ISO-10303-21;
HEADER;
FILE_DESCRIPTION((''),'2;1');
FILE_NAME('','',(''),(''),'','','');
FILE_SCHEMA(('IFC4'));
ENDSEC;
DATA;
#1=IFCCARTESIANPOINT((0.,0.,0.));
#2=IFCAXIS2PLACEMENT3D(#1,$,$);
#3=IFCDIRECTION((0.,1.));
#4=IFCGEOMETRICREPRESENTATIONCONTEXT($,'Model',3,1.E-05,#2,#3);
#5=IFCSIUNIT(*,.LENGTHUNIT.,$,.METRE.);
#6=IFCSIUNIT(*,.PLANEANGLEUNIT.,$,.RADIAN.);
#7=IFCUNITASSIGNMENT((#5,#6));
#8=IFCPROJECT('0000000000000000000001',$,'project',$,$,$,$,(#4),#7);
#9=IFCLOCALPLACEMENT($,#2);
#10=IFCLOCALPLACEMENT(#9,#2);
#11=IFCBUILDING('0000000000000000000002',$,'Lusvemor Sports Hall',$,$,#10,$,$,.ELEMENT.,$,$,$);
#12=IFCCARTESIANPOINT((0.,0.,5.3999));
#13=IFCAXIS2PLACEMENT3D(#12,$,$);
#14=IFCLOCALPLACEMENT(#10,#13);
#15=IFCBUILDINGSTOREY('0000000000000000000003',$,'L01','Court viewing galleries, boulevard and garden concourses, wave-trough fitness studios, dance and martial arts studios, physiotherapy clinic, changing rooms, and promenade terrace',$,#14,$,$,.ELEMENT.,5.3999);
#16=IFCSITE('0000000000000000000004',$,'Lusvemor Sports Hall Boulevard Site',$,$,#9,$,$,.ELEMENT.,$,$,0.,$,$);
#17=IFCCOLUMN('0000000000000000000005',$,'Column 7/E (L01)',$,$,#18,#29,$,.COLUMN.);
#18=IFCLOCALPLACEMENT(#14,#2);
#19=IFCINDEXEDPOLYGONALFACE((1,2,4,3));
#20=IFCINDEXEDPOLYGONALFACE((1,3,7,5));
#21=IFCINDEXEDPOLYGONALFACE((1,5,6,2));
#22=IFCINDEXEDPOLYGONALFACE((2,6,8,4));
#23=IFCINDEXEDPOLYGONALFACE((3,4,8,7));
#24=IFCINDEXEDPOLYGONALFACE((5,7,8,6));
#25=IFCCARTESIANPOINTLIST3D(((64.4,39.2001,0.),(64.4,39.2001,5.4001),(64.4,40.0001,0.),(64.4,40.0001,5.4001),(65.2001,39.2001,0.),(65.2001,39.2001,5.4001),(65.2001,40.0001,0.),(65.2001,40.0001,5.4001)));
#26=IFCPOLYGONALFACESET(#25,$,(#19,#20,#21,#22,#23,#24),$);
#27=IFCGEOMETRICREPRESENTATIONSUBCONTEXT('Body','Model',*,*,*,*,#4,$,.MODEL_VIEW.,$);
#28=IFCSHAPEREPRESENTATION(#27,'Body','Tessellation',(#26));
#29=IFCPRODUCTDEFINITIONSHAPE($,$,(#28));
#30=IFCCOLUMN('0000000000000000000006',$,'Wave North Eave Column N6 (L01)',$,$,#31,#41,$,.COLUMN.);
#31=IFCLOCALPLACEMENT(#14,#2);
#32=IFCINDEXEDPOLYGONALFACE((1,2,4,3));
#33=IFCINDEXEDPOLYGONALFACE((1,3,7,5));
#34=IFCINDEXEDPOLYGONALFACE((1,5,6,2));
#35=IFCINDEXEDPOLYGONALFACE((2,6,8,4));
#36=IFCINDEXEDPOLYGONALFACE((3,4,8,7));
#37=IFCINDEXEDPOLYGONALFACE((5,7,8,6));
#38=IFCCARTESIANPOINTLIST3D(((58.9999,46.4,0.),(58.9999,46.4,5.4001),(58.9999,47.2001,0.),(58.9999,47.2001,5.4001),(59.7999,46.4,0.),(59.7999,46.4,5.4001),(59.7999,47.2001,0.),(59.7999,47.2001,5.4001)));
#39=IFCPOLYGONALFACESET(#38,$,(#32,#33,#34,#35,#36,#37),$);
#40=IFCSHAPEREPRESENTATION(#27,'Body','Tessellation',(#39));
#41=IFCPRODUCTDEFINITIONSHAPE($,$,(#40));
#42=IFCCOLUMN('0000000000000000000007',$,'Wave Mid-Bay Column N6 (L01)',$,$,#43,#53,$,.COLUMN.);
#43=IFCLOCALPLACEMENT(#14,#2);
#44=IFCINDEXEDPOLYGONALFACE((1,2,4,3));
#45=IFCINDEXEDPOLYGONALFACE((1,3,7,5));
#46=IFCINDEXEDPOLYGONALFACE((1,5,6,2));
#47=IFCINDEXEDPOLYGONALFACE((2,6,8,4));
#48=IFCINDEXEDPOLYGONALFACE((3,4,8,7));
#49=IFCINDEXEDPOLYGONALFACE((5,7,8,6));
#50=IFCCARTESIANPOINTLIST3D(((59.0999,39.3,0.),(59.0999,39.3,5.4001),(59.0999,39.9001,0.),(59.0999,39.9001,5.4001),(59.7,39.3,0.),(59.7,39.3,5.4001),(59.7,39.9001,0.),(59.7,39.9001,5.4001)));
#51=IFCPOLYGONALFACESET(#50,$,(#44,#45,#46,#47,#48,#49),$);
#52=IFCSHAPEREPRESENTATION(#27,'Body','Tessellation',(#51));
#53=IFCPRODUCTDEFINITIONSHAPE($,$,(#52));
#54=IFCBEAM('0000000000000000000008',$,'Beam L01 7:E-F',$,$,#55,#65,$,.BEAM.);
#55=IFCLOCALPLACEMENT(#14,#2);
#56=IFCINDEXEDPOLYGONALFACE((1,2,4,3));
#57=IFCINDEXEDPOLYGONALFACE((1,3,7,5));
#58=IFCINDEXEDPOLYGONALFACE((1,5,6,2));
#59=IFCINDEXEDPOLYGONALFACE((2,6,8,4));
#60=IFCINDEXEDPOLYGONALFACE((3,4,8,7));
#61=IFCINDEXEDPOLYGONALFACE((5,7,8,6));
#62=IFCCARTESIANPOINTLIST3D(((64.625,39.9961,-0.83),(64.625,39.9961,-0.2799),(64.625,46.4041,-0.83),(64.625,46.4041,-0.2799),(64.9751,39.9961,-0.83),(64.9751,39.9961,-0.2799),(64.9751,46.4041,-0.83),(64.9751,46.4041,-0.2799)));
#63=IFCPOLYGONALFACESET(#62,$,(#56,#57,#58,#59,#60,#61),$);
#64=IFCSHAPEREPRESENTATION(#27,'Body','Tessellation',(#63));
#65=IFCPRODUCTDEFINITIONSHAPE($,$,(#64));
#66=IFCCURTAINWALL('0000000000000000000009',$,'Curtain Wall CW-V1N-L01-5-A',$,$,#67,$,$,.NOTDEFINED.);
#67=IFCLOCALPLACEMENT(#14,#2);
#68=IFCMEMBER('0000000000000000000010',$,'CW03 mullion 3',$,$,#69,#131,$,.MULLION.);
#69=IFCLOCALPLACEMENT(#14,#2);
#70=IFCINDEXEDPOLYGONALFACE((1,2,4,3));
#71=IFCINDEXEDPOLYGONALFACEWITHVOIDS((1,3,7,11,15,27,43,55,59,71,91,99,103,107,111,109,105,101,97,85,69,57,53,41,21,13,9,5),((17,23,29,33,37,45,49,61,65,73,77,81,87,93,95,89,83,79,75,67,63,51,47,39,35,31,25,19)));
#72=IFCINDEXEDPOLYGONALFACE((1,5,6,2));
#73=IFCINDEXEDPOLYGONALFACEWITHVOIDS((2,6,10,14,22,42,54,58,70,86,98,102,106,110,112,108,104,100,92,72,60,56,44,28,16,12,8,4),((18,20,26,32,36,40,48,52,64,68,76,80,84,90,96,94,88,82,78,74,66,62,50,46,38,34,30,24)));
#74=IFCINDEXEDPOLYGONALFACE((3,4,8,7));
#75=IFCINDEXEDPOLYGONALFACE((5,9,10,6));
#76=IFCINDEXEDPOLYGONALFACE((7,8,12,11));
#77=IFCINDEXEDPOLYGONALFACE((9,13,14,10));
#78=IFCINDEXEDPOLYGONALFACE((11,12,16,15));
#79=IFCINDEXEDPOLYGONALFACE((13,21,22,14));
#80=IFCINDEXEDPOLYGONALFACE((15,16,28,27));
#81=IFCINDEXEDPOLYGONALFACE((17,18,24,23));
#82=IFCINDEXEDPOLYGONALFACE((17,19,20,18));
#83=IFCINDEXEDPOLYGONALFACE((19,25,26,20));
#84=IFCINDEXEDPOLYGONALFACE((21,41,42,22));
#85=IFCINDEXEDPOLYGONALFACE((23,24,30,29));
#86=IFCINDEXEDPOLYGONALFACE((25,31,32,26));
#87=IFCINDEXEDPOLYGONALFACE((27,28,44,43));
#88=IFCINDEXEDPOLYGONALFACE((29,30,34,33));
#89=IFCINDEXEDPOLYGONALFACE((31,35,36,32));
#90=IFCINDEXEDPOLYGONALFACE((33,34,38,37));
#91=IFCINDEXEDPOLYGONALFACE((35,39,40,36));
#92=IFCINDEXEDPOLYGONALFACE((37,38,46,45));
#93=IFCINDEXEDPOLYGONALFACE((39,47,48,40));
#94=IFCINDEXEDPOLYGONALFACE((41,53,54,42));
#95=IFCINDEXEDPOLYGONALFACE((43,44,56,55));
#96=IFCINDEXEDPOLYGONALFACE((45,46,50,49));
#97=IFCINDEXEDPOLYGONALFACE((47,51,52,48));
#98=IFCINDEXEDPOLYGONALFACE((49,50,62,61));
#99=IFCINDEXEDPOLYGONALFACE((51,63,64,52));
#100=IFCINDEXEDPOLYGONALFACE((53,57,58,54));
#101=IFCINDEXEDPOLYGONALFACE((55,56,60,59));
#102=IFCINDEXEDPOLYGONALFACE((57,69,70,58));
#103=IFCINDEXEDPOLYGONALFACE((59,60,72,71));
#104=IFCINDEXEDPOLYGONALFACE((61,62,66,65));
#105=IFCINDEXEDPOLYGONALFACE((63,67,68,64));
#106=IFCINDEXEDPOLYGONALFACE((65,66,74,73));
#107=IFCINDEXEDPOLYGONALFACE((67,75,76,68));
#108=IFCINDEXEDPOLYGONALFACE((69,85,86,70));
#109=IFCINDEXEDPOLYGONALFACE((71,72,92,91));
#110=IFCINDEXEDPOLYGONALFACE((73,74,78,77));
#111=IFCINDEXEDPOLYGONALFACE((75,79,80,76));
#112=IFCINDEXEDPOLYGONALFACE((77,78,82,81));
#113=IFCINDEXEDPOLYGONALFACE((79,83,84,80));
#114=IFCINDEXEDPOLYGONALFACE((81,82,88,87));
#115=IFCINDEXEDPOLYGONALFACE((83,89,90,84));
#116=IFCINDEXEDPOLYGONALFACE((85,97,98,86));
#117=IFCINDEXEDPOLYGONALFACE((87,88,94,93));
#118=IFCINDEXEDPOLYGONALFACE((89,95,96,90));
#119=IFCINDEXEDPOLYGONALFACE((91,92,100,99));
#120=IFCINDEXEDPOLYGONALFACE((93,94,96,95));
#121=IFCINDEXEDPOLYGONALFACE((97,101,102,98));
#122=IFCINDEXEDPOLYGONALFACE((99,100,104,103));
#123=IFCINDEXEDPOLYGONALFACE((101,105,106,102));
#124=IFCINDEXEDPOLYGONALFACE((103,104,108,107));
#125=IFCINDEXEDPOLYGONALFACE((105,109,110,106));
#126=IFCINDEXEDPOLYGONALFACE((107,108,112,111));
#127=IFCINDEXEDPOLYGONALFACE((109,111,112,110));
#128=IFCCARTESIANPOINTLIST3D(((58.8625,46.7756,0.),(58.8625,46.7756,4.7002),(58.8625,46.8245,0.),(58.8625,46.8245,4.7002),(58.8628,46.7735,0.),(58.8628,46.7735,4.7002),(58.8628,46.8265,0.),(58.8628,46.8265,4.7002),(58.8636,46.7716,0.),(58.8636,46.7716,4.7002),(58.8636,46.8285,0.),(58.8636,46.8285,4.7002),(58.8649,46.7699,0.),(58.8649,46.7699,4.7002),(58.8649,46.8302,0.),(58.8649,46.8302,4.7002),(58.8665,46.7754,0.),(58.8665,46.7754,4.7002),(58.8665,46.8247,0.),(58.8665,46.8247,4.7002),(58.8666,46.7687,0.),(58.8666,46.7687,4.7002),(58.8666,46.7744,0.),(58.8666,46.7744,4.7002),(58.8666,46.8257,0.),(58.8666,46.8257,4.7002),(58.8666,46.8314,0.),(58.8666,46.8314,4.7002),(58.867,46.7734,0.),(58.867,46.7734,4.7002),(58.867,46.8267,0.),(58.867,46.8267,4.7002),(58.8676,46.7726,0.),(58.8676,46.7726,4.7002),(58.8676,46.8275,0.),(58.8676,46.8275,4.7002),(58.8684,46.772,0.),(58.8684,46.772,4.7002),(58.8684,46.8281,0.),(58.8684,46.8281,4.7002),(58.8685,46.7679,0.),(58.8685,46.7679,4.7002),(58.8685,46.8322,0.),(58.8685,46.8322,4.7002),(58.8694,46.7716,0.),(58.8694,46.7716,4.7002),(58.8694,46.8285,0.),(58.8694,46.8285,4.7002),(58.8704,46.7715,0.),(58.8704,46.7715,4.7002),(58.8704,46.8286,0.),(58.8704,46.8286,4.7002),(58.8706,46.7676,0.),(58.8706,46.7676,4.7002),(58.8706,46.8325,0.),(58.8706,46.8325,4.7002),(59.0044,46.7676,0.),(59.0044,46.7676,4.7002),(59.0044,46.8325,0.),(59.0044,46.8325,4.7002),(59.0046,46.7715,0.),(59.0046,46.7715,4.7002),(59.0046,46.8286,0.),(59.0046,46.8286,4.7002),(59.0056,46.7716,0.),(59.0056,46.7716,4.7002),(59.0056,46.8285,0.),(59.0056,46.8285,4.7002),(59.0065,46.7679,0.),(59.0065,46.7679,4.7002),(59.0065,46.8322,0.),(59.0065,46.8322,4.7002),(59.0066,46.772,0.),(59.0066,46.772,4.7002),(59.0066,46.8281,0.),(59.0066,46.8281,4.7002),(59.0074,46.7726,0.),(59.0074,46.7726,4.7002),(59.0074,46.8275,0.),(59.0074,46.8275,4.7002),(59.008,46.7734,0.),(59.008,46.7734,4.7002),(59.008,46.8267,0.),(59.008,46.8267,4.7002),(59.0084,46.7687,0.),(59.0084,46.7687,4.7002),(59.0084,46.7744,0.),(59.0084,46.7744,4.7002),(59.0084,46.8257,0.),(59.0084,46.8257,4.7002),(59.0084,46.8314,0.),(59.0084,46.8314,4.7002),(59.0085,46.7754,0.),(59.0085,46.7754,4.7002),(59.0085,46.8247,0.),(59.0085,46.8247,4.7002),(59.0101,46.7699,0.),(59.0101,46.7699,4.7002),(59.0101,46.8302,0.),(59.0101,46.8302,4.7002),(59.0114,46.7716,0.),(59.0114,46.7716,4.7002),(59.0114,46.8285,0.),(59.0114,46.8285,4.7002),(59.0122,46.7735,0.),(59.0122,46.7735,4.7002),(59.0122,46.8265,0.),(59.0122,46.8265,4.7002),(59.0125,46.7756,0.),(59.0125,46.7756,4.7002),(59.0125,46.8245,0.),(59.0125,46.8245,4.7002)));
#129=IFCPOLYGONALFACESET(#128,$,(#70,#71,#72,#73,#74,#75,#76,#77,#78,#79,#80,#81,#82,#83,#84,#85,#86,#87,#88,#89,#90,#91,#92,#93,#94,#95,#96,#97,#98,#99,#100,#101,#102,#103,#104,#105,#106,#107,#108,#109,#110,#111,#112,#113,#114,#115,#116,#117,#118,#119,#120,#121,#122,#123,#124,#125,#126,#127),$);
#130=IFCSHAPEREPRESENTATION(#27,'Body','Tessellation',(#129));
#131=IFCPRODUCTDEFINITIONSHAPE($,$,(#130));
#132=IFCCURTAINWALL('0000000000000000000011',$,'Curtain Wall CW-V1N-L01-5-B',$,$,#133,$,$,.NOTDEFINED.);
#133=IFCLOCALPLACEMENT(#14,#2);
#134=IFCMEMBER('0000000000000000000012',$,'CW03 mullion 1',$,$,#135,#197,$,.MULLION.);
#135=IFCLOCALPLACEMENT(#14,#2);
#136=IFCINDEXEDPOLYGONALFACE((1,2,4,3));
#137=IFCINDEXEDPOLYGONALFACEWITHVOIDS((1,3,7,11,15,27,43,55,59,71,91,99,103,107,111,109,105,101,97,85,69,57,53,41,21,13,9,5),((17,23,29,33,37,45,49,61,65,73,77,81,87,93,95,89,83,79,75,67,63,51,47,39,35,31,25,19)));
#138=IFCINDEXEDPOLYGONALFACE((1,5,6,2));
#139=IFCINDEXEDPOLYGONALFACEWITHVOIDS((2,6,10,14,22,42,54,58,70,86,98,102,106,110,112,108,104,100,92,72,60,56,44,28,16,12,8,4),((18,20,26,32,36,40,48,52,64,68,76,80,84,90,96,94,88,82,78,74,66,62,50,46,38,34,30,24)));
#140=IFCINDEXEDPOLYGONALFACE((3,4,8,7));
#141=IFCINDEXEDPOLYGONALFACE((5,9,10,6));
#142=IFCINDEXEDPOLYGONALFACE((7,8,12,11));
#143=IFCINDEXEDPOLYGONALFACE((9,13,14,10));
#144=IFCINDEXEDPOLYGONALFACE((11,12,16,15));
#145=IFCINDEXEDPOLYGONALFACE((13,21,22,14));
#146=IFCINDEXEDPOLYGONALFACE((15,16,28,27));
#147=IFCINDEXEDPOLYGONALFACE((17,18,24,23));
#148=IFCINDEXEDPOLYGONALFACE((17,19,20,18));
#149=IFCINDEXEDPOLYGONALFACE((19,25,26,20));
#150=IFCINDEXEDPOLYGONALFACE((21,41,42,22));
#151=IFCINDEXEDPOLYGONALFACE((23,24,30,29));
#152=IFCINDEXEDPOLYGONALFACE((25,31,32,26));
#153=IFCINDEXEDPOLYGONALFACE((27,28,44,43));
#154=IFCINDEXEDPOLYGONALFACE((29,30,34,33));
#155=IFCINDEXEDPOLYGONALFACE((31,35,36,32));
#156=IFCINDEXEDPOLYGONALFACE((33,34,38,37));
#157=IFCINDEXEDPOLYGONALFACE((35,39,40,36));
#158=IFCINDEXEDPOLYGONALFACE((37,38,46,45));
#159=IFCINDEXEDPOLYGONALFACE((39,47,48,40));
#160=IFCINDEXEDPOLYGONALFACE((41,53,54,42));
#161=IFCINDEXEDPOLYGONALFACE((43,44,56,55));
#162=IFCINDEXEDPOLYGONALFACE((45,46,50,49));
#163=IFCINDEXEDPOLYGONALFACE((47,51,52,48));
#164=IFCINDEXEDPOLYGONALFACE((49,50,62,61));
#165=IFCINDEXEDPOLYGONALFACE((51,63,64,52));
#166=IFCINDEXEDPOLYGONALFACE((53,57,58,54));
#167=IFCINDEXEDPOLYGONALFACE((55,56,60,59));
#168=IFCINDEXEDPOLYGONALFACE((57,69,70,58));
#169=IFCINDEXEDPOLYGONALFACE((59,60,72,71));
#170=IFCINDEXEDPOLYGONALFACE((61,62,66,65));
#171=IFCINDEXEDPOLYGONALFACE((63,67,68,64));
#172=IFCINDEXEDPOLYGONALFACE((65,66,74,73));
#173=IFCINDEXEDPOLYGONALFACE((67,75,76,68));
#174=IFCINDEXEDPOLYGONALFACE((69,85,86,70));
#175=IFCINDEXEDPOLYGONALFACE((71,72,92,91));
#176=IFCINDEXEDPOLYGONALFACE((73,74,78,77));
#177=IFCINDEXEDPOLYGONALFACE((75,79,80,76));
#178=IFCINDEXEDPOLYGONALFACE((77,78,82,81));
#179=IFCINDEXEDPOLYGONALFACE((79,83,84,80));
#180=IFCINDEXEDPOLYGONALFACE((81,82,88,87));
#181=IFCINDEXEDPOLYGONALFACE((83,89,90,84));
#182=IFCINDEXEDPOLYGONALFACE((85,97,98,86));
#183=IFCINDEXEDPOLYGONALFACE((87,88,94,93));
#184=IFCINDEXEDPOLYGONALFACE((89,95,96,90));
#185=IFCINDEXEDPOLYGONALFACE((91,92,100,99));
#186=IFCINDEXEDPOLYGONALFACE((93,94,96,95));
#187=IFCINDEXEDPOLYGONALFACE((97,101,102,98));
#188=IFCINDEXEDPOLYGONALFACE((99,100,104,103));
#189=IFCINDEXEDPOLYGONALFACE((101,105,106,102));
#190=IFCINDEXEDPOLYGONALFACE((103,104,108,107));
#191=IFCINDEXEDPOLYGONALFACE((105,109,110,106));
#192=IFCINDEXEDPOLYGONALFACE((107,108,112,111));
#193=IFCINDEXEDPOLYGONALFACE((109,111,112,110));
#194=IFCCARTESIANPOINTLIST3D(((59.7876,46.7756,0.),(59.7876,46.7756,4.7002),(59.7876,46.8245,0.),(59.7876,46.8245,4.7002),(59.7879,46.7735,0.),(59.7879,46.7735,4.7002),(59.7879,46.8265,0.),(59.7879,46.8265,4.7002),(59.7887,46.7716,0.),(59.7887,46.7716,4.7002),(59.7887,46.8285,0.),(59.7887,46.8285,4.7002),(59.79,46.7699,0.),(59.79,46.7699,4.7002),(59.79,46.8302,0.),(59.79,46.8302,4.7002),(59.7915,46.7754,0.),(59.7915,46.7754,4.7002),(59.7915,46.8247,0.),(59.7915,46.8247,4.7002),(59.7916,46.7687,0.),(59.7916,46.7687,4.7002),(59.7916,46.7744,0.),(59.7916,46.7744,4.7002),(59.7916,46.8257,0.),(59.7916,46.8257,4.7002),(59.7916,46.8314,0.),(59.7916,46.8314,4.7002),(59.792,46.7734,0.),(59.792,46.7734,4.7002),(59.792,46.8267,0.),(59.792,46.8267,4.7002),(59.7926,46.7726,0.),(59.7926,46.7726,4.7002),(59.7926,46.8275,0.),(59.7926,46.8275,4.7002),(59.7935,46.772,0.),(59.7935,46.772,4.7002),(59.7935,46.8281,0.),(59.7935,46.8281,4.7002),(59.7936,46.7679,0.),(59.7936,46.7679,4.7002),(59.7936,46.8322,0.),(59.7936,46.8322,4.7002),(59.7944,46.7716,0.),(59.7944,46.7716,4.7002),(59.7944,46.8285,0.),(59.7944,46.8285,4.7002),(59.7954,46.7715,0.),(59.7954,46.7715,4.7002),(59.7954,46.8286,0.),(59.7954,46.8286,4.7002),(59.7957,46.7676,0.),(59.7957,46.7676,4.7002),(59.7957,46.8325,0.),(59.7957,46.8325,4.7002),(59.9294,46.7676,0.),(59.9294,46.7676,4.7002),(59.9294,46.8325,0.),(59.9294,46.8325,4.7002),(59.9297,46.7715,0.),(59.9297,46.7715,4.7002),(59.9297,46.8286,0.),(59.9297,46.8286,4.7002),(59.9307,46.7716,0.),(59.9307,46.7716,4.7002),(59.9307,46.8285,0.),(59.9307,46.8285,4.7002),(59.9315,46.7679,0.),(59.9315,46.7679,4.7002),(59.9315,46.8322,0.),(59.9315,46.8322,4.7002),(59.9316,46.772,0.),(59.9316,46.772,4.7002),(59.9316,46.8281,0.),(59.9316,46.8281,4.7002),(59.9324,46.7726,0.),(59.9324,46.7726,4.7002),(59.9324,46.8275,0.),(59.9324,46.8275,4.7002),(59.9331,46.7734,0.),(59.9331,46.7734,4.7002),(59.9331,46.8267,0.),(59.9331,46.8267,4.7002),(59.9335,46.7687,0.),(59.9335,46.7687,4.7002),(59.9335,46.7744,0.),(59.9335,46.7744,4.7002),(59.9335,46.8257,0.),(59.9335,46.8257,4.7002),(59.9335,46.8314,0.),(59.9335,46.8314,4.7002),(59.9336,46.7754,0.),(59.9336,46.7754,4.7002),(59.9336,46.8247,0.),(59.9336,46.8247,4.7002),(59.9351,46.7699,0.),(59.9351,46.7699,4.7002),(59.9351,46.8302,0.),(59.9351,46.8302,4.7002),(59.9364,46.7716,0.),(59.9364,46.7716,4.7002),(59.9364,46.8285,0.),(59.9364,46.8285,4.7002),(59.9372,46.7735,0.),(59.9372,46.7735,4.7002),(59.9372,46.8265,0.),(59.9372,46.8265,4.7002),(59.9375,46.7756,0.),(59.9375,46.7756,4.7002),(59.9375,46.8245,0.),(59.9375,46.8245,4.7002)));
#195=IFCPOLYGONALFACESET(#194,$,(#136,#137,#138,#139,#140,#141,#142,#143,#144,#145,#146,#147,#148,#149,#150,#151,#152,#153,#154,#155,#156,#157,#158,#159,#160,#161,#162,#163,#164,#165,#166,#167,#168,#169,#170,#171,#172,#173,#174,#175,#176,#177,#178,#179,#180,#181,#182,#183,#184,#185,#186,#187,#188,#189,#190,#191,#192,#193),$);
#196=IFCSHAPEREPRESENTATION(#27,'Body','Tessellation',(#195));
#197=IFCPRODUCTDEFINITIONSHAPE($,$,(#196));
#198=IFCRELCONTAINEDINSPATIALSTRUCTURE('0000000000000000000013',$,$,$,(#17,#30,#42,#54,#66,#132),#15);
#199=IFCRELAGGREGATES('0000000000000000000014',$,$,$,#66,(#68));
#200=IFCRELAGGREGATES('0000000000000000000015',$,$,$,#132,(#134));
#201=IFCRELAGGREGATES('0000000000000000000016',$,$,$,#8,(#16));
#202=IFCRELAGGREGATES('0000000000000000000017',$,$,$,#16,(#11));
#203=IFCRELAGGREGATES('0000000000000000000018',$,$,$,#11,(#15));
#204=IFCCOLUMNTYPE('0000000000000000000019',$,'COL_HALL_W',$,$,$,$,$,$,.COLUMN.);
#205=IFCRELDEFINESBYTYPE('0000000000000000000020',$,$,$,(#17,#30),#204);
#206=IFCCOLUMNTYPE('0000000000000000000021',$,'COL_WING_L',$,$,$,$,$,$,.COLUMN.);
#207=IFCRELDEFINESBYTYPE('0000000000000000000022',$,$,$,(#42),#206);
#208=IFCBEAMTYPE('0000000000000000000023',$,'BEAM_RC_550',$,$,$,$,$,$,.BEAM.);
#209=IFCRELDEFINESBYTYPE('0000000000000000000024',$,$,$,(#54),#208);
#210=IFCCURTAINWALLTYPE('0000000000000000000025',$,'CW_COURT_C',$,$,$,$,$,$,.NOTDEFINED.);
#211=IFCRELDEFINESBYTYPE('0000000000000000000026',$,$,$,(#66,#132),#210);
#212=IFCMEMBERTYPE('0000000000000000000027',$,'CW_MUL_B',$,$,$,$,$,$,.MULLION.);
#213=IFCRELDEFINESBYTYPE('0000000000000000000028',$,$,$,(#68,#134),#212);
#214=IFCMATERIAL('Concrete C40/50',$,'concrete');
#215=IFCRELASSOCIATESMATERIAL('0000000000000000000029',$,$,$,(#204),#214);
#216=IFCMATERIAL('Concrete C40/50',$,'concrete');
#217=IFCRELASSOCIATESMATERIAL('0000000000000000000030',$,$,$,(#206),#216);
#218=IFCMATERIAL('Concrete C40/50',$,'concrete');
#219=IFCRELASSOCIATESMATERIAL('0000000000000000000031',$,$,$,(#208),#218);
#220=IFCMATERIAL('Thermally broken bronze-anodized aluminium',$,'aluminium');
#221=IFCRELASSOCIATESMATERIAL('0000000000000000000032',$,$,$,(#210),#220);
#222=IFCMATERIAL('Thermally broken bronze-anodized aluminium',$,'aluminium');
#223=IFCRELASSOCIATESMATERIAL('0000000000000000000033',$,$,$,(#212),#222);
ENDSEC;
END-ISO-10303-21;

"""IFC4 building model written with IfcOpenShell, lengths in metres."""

from ifc_helpers import new_model, si_unit, direction, frame, origin, origin_2d, place, context, subcontext, project, spatial, rectangle, hollow_rectangle, extrude, material, material_profile, profile_set, type_object, element, aggregate, save


model = new_model("IFC4")

# Units and contexts
model_context = context("Model", 3, precision=1e-05, world=origin(), true_north=direction((0.0, 1.0)))
body_context = subcontext(model_context, "Body", "Model", "MODEL_VIEW")
ifc_project = project(units=[si_unit("LENGTHUNIT", "METRE"), si_unit("PLANEANGLEUNIT", "RADIAN")], contexts=[model_context])

# Site, building, storey
site_placement = place(None, origin())
site = spatial("IfcSite", under=ifc_project, at=site_placement, Name="Lusvemor Sports Hall Boulevard Site", CompositionType="ELEMENT", RefElevation=0.0)
building_placement = place(site_placement, origin())
building = spatial("IfcBuilding", under=site, at=building_placement, Name="Lusvemor Sports Hall", CompositionType="ELEMENT")
storey_placement = place(building_placement, frame((0.0, 0.0, 5.3999)))
storey = spatial("IfcBuildingStorey", under=building, at=storey_placement, Name="L01", Description="Court viewing galleries, boulevard and garden concourses, wave-trough fitness studios, dance and martial arts studios, physiotherapy clinic, changing rooms, and promenade terrace", CompositionType="ELEMENT", Elevation=5.3999)

# Columns
ifc_material_1 = material(Name="Concrete C40/50", Category="concrete")
ifc_material_profile_1 = material_profile(ifc_material_1, rectangle(XDim=0.8, YDim=0.8, at=origin_2d()), Name="RC800x800")
ifc_profile_set_1 = profile_set([ifc_material_profile_1], Name="Concrete C40/50")
column_type_1 = type_object("IfcColumnType", Name="COL_HALL_W", PredefinedType="COLUMN", material=ifc_profile_set_1)
for number, where, z_axis, x_axis, name in (
    (1, (64.8, 39.6001, 0.0), (0.0, 0.0, 1.0), (1.0, 0.0, 0.0), "Column 7/E (L01)"),
    (2, (59.3999, 46.8, 0.0), (0.0, 0.0, 1.0), (1.0, 0.0, 0.0), "Wave North Eave Column N6 (L01)"),
):
    element("IfcColumn", number, at=place(storey_placement, frame(where, z_axis=z_axis, x_axis=x_axis)), inside=storey, type_object=column_type_1, Name=name, PredefinedType="COLUMN", context=body_context, shape_type="SweptSolid", body=[
        extrude(rectangle(XDim=0.8, YDim=0.8, at=origin_2d()), origin(), (0.0, 0.0, 1.0), 5.4001),
    ])
ifc_material_2 = material(Name="Concrete C40/50", Category="concrete")
ifc_material_profile_2 = material_profile(ifc_material_2, rectangle(XDim=0.6001, YDim=0.6001, at=origin_2d()), Name="RC600x600")
ifc_profile_set_2 = profile_set([ifc_material_profile_2], Name="Concrete C40/50")
column_type_2 = type_object("IfcColumnType", Name="COL_WING_L", PredefinedType="COLUMN", material=ifc_profile_set_2)
column_placement = place(storey_placement, frame((59.3999, 39.6001, 0.0), z_axis=(0.0, 0.0, 1.0), x_axis=(1.0, 0.0, 0.0)))
element("IfcColumn", 3, at=column_placement, inside=storey, type_object=column_type_2, Name="Wave Mid-Bay Column N6 (L01)", PredefinedType="COLUMN", context=body_context, shape_type="SweptSolid", body=[
    extrude(rectangle(XDim=0.6001, YDim=0.6001, at=origin_2d()), origin(), (0.0, 0.0, 1.0), 5.4001),
])

# Beam
ifc_material_3 = material(Name="Concrete C40/50", Category="concrete")
ifc_material_profile_3 = material_profile(ifc_material_3, rectangle(XDim=0.3501, YDim=0.55, at=origin_2d()), Name="RC350x550")
ifc_profile_set_3 = profile_set([ifc_material_profile_3], Name="Concrete C40/50")
beam_type_1 = type_object("IfcBeamType", Name="BEAM_RC_550", PredefinedType="BEAM", material=ifc_profile_set_3)
beam_1_placement = place(storey_placement, frame((64.8, 39.9961, -0.5549), z_axis=(0.0, 1.0, 0.0), x_axis=(-1.0, 0.0, 0.0)))
element("IfcBeam", 4, at=beam_1_placement, inside=storey, type_object=beam_type_1, Name="Beam L01 7:E-F", PredefinedType="BEAM", context=body_context, shape_type="SweptSolid", body=[
    extrude(rectangle(XDim=0.3501, YDim=0.55, at=origin_2d()), origin(), (0.0, 0.0, 1.0), 6.408),
])

# Curtain wall, member
ifc_material_4 = material(Name="Thermally broken bronze-anodized aluminium", Category="aluminium")
curtain_wall_type = type_object("IfcCurtainWallType", Name="CW_COURT_C", PredefinedType="NOTDEFINED", material=ifc_material_4)
curtain_wall_1_placement = place(storey_placement, origin())
curtain_wall_1 = element("IfcCurtainWall", 5, at=curtain_wall_1_placement, inside=storey, type_object=curtain_wall_type, Name="Curtain Wall CW-V1N-L01-5-A", PredefinedType="NOTDEFINED")
ifc_material_5 = material(Name="Thermally broken bronze-anodized aluminium", Category="aluminium")
ifc_material_profile_4 = material_profile(ifc_material_5, hollow_rectangle(XDim=0.0649, YDim=0.1499, WallThickness=0.0039, InnerFilletRadius=0.0039, OuterFilletRadius=0.0081, at=origin_2d()), Name="CWMUL150x65x4")
ifc_profile_set_4 = profile_set([ifc_material_profile_4], Name="Thermally broken bronze-anodized aluminium")
member_type_1 = type_object("IfcMemberType", Name="CW_MUL_B", PredefinedType="MULLION", material=ifc_profile_set_4)
member_1_placement = place(storey_placement, frame((58.9375, 46.8, 0.0), z_axis=(0.0, 0.0, 1.0), x_axis=(0.0, 1.0, 0.0)))
member_1 = element("IfcMember", 6, at=member_1_placement, type_object=member_type_1, Name="CW03 mullion 3", PredefinedType="MULLION", context=body_context, shape_type="SweptSolid", body=[
    extrude(hollow_rectangle(XDim=0.0649, YDim=0.1499, WallThickness=0.0039, InnerFilletRadius=0.0039, OuterFilletRadius=0.0081, at=origin_2d()), origin(), (0.0, 0.0, 1.0), 4.7002),
])

# Curtain wall, member
curtain_wall_2_placement = place(storey_placement, origin())
curtain_wall_2 = element("IfcCurtainWall", 7, at=curtain_wall_2_placement, inside=storey, type_object=curtain_wall_type, Name="Curtain Wall CW-V1N-L01-5-B", PredefinedType="NOTDEFINED")
member_2_placement = place(storey_placement, frame((59.8625, 46.8, 0.0), z_axis=(0.0, 0.0, 1.0), x_axis=(0.0, 1.0, 0.0)))
member_2 = element("IfcMember", 8, at=member_2_placement, type_object=member_type_1, Name="CW03 mullion 1", PredefinedType="MULLION", context=body_context, shape_type="SweptSolid", body=[
    extrude(hollow_rectangle(XDim=0.0649, YDim=0.1499, WallThickness=0.0039, InnerFilletRadius=0.0039, OuterFilletRadius=0.0081, at=origin_2d()), origin(), (0.0, 0.0, 1.0), 4.7002),
])

aggregate(curtain_wall_1, [member_1])
aggregate(curtain_wall_2, [member_2])

save(model, "model.ifc")
